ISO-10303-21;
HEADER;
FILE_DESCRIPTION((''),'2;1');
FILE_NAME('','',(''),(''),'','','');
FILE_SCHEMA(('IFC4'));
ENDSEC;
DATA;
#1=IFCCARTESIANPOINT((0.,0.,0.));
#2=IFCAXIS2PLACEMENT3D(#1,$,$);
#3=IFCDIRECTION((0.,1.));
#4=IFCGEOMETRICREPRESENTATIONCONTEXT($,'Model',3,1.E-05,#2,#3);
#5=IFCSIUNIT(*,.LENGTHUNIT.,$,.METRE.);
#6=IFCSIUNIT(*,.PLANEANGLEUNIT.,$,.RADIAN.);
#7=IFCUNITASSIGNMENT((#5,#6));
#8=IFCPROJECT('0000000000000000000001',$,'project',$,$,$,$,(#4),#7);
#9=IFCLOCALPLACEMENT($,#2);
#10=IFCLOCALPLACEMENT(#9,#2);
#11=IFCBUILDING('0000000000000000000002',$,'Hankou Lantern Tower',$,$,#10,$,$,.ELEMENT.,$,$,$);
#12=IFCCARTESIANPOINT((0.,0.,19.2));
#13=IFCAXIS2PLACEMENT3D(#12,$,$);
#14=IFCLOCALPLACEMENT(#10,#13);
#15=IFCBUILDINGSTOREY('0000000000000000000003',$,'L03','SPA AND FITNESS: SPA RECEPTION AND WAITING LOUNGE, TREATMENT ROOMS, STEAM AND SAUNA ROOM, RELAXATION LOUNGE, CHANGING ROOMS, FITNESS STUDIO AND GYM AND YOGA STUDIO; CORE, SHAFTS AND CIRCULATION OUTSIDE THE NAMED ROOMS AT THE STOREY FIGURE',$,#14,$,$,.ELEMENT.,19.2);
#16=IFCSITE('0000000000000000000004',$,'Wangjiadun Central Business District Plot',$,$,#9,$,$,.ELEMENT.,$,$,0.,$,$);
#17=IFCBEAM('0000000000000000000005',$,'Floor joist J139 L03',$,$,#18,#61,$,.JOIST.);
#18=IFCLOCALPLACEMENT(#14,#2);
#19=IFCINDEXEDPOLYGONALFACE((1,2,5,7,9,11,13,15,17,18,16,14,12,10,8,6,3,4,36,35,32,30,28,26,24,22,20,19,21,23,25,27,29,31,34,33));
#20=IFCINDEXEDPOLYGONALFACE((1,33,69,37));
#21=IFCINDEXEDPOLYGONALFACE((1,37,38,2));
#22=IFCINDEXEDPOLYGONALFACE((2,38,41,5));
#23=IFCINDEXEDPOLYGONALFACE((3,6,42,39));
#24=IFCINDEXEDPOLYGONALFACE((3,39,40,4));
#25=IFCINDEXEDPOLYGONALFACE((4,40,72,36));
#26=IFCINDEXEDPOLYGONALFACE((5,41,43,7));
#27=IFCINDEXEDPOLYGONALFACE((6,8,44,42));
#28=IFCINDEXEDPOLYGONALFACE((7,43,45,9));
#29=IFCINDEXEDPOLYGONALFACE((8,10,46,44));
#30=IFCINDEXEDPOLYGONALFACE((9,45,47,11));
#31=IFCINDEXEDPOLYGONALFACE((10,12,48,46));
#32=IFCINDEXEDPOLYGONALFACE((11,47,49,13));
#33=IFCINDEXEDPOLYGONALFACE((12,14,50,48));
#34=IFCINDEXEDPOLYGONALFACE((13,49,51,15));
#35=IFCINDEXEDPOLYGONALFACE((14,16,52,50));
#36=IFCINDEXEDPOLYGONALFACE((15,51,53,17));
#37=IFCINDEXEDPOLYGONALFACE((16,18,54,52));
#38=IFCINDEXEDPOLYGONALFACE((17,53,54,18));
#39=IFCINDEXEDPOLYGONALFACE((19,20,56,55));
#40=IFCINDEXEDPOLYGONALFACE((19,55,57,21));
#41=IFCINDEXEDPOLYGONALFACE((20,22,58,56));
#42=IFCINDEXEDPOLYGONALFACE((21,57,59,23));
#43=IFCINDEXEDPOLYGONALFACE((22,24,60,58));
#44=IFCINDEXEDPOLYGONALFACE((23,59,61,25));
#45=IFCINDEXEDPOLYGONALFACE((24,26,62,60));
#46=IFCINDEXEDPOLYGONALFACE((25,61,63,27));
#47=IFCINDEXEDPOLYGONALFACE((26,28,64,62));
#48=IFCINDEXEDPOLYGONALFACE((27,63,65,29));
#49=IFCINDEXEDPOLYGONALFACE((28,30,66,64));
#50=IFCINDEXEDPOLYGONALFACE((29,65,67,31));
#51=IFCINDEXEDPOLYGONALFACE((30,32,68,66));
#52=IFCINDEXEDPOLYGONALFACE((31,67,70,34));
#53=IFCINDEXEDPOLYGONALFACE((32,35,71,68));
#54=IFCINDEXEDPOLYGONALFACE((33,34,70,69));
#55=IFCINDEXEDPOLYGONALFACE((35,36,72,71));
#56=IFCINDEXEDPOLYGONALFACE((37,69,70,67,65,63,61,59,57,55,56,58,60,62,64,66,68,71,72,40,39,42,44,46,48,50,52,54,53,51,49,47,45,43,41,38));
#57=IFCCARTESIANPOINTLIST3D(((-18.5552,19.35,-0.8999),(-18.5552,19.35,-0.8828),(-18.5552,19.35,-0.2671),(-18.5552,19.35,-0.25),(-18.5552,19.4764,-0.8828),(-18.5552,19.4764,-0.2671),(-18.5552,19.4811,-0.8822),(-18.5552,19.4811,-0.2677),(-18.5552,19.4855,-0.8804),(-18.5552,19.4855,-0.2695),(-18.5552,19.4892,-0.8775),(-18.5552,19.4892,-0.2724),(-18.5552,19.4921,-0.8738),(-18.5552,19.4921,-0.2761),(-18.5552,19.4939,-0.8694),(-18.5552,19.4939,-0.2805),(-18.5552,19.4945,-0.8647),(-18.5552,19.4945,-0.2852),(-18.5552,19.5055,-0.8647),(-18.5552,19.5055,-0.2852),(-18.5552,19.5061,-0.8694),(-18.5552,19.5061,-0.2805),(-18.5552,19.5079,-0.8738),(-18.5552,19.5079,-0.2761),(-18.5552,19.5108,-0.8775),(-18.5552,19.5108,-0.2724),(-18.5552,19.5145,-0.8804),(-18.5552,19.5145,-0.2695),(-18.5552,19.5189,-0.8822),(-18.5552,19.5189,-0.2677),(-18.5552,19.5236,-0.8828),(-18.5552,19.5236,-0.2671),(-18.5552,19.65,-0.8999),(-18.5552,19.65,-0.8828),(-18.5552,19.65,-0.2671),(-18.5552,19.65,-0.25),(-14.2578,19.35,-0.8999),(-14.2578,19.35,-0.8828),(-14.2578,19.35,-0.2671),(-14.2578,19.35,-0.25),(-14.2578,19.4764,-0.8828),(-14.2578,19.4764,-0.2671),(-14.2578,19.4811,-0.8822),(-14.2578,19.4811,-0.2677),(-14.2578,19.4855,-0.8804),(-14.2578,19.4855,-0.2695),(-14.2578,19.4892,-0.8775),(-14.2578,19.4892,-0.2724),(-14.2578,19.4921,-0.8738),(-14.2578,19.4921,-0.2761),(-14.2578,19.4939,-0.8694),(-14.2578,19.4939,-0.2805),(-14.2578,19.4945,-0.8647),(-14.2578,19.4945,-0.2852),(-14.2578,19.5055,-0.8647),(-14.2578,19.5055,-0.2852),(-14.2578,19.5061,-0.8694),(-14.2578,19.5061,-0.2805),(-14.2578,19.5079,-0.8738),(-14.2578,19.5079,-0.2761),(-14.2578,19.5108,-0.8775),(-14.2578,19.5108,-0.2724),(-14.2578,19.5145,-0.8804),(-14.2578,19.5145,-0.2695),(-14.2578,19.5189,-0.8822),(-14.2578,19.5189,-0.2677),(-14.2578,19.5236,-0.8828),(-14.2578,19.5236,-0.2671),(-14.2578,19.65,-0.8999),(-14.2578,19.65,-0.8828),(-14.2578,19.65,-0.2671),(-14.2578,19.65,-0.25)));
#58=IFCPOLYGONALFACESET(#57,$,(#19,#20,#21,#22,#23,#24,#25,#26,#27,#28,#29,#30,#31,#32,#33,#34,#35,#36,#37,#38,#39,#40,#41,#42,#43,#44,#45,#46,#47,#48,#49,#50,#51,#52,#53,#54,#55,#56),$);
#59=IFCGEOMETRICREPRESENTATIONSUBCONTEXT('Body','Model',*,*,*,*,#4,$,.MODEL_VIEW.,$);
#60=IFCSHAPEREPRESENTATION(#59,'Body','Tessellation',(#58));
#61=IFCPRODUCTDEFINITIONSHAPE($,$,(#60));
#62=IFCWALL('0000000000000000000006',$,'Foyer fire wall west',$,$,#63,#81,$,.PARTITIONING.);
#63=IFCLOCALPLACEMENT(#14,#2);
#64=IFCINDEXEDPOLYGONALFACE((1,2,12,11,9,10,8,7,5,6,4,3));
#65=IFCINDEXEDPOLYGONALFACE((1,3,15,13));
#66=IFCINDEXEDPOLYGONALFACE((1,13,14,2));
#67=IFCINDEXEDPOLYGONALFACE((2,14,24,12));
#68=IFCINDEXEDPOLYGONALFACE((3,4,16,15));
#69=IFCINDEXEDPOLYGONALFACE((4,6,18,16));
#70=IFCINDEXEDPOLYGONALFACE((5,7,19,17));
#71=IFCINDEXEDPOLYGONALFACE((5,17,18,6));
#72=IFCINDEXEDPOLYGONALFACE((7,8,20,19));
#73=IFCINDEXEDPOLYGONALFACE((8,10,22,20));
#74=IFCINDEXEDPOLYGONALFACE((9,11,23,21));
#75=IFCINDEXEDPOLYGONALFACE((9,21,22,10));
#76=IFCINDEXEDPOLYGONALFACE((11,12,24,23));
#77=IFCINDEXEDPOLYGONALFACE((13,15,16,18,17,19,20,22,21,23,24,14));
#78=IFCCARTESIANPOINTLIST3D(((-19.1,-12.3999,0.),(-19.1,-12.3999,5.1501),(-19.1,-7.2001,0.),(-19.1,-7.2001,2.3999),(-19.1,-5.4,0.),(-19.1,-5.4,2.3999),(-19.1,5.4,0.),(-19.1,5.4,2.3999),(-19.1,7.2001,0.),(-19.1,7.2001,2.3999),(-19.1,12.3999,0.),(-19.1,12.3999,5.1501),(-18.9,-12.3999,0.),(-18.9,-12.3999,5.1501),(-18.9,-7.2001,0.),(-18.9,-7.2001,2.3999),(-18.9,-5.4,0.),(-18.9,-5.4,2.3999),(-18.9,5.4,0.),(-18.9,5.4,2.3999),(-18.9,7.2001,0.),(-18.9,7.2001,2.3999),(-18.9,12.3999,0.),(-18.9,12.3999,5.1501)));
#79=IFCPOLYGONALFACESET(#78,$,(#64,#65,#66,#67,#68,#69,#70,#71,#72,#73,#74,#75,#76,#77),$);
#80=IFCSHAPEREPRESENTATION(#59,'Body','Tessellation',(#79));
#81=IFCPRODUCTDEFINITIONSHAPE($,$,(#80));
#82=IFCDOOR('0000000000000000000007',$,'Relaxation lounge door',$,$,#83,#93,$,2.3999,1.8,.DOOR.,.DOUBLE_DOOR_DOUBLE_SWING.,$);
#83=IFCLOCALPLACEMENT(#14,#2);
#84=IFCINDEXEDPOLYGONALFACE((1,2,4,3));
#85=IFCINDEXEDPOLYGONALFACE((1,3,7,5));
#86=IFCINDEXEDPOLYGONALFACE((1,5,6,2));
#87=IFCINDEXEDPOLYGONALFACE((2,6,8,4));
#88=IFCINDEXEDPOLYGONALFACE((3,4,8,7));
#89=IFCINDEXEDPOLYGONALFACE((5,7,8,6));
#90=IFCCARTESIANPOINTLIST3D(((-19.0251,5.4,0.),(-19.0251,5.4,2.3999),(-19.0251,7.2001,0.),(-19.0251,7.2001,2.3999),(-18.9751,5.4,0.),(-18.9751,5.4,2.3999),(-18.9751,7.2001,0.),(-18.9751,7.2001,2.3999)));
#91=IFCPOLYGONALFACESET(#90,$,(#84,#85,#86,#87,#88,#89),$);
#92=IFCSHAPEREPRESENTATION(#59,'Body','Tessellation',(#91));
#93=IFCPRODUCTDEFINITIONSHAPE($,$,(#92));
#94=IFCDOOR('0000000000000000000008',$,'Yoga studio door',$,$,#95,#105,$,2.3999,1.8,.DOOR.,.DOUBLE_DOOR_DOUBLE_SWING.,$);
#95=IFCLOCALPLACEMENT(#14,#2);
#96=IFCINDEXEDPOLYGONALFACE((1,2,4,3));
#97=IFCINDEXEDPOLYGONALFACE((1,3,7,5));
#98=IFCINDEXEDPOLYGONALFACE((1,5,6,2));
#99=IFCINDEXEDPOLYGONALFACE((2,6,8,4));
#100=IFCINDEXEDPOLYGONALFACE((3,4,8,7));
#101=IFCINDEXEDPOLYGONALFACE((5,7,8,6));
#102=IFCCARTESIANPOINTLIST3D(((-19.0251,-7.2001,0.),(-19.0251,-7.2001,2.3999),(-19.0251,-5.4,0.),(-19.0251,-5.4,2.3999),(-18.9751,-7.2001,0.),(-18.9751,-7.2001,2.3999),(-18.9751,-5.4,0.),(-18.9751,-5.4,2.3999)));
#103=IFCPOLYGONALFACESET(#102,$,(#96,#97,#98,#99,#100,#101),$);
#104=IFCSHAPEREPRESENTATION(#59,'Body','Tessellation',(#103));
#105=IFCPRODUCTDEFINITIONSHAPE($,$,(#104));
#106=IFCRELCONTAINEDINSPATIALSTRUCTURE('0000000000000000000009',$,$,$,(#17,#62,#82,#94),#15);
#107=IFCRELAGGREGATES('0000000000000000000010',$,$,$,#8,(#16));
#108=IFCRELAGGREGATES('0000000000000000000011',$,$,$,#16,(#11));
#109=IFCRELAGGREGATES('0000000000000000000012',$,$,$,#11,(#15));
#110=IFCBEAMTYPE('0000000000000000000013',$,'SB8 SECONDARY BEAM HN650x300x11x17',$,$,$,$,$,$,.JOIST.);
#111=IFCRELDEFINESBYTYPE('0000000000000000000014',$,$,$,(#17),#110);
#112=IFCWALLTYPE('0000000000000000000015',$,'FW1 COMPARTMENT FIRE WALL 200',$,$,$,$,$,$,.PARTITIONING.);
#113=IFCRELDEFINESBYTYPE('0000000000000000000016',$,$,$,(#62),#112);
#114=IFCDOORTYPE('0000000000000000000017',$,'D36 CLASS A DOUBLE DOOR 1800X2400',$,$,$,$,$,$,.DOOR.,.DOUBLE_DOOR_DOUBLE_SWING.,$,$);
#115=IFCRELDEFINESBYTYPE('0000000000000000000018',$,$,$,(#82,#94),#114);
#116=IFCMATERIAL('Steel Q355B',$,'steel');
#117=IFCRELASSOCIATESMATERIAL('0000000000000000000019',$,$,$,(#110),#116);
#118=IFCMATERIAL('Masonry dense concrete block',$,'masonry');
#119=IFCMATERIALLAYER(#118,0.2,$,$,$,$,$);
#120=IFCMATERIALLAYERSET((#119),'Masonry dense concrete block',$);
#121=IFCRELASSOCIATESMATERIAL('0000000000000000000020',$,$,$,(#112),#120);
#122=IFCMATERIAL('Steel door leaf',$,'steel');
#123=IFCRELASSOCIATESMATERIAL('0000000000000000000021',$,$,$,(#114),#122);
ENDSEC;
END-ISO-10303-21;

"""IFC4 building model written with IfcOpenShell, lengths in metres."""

from ifc_helpers import new_model, si_unit, direction, frame, frame_2d, origin, origin_2d, place, context, subcontext, project, spatial, rectangle, i_section, extrude, material, layer, layer_set, material_profile, profile_set, type_object, element, fill, save


model = new_model("IFC4")

# Units and contexts
model_context = context("Model", 3, precision=1e-05, world=origin(), true_north=direction((0.0, 1.0)))
body_context = subcontext(model_context, "Body", "Model", "MODEL_VIEW")
ifc_project = project(units=[si_unit("LENGTHUNIT", "METRE"), si_unit("PLANEANGLEUNIT", "RADIAN")], contexts=[model_context])

# Site, building, storey
site_placement = place(None, origin())
site = spatial("IfcSite", under=ifc_project, at=site_placement, Name="Wangjiadun Central Business District Plot", CompositionType="ELEMENT", RefElevation=0.0)
building_placement = place(site_placement, origin())
building = spatial("IfcBuilding", under=site, at=building_placement, Name="Hankou Lantern Tower", CompositionType="ELEMENT")
storey_placement = place(building_placement, frame((0.0, 0.0, 19.2)))
storey = spatial("IfcBuildingStorey", under=building, at=storey_placement, Name="L03", Description="SPA AND FITNESS: SPA RECEPTION AND WAITING LOUNGE, TREATMENT ROOMS, STEAM AND SAUNA ROOM, RELAXATION LOUNGE, CHANGING ROOMS, FITNESS STUDIO AND GYM AND YOGA STUDIO; CORE, SHAFTS AND CIRCULATION OUTSIDE THE NAMED ROOMS AT THE STOREY FIGURE", CompositionType="ELEMENT", Elevation=19.2)

# Beam
ifc_material_1 = material(Name="Steel Q355B", Category="steel")
ifc_material_profile_1 = material_profile(ifc_material_1, i_section(OverallWidth=0.3, OverallDepth=0.6499, WebThickness=0.011, FlangeThickness=0.0171, FilletRadius=0.0181, at=origin_2d()), Name="HN650x300x11x17")
ifc_profile_set_1 = profile_set([ifc_material_profile_1], Name="Steel Q355B")
beam_type_1 = type_object("IfcBeamType", Name="SB8 SECONDARY BEAM HN650x300x11x17", PredefinedType="JOIST", material=ifc_profile_set_1)
beam_1_placement = place(storey_placement, frame((-18.5552, 19.5, -0.575), z_axis=(1.0, 0.0, 0.0), x_axis=(0.0, 1.0, 0.0)))
element("IfcBeam", 1, at=beam_1_placement, inside=storey, type_object=beam_type_1, Name="Floor joist J139 L03", PredefinedType="JOIST", context=body_context, shape_type="SweptSolid", body=[
    extrude(i_section(OverallWidth=0.3, OverallDepth=0.6499, WebThickness=0.011, FlangeThickness=0.0171, FilletRadius=0.0181, at=origin_2d()), origin(), (0.0, 0.0, 1.0), 4.2974),
])

# Wall, openings, doors
ifc_material_2 = material(Name="Masonry dense concrete block", Category="masonry")
ifc_layer_1 = layer(ifc_material_2, 0.2)
ifc_layer_set_1 = layer_set([ifc_layer_1], Name="Masonry dense concrete block")
wall_type_1 = type_object("IfcWallType", Name="FW1 COMPARTMENT FIRE WALL 200", PredefinedType="PARTITIONING", material=ifc_layer_set_1)
wall_1_placement = place(storey_placement, frame((-19.0, 12.3999, 0.0), z_axis=(0.0, 0.0, 1.0), x_axis=(0.0, -1.0, 0.0)))
wall_1 = element("IfcWall", 2, at=wall_1_placement, inside=storey, type_object=wall_type_1, Name="Foyer fire wall west", PredefinedType="PARTITIONING", context=body_context, shape_type="SweptSolid", body=[
    extrude(rectangle(XDim=24.7998, YDim=0.2, at=frame_2d((12.3999, 0.0))), origin(), (0.0, 0.0, 1.0), 5.1501),
])
opening_1_placement = place(wall_1_placement, frame((5.2, 0.0, 0.0)))
opening_1 = element("IfcOpeningElement", 3, at=opening_1_placement, cuts=wall_1, PredefinedType="OPENING", context=body_context, shape_type="SweptSolid", body=[
    extrude(rectangle(XDim=1.8, YDim=2.3999, at=frame_2d((0.8999, 1.2))), frame((0.0, 0.1099, 0.0), z_axis=(0.0, -1.0, 0.0), x_axis=(1.0, 0.0, 0.0)), (0.0, 0.0, 1.0), 0.22),
])
opening_2_placement = place(wall_1_placement, frame((17.8, 0.0, 0.0)))
opening_2 = element("IfcOpeningElement", 4, at=opening_2_placement, cuts=wall_1, PredefinedType="OPENING", context=body_context, shape_type="SweptSolid", body=[
    extrude(rectangle(XDim=1.8, YDim=2.3999, at=frame_2d((0.8999, 1.2))), frame((0.0, 0.1099, 0.0), z_axis=(0.0, -1.0, 0.0), x_axis=(1.0, 0.0, 0.0)), (0.0, 0.0, 1.0), 0.22),
])
ifc_material_3 = material(Name="Steel door leaf", Category="steel")
door_type_1 = type_object("IfcDoorType", Name="D36 CLASS A DOUBLE DOOR 1800X2400", OperationType="DOUBLE_DOOR_DOUBLE_SWING", PredefinedType="DOOR", material=ifc_material_3)
door_1_placement = place(opening_1_placement, origin())
door_1 = element("IfcDoor", 5, at=door_1_placement, inside=storey, type_object=door_type_1, Name="Relaxation lounge door", OperationType="DOUBLE_DOOR_DOUBLE_SWING", OverallHeight=2.3999, OverallWidth=1.8, PredefinedType="DOOR", context=body_context, shape_type="SweptSolid", body=[
    extrude(rectangle(XDim=1.8, YDim=2.3999, at=frame_2d((0.8999, 1.2))), frame((0.0, 0.0249, 0.0), z_axis=(0.0, -1.0, 0.0), x_axis=(1.0, 0.0, 0.0)), (0.0, 0.0, 1.0), 0.05),
])
fill(opening_1, door_1)
door_2_placement = place(opening_2_placement, origin())
door_2 = element("IfcDoor", 6, at=door_2_placement, inside=storey, type_object=door_type_1, Name="Yoga studio door", OperationType="DOUBLE_DOOR_DOUBLE_SWING", OverallHeight=2.3999, OverallWidth=1.8, PredefinedType="DOOR", context=body_context, shape_type="SweptSolid", body=[
    extrude(rectangle(XDim=1.8, YDim=2.3999, at=frame_2d((0.8999, 1.2))), frame((0.0, 0.0249, 0.0), z_axis=(0.0, -1.0, 0.0), x_axis=(1.0, 0.0, 0.0)), (0.0, 0.0, 1.0), 0.05),
])
fill(opening_2, door_2)

save(model, "model.ifc")
